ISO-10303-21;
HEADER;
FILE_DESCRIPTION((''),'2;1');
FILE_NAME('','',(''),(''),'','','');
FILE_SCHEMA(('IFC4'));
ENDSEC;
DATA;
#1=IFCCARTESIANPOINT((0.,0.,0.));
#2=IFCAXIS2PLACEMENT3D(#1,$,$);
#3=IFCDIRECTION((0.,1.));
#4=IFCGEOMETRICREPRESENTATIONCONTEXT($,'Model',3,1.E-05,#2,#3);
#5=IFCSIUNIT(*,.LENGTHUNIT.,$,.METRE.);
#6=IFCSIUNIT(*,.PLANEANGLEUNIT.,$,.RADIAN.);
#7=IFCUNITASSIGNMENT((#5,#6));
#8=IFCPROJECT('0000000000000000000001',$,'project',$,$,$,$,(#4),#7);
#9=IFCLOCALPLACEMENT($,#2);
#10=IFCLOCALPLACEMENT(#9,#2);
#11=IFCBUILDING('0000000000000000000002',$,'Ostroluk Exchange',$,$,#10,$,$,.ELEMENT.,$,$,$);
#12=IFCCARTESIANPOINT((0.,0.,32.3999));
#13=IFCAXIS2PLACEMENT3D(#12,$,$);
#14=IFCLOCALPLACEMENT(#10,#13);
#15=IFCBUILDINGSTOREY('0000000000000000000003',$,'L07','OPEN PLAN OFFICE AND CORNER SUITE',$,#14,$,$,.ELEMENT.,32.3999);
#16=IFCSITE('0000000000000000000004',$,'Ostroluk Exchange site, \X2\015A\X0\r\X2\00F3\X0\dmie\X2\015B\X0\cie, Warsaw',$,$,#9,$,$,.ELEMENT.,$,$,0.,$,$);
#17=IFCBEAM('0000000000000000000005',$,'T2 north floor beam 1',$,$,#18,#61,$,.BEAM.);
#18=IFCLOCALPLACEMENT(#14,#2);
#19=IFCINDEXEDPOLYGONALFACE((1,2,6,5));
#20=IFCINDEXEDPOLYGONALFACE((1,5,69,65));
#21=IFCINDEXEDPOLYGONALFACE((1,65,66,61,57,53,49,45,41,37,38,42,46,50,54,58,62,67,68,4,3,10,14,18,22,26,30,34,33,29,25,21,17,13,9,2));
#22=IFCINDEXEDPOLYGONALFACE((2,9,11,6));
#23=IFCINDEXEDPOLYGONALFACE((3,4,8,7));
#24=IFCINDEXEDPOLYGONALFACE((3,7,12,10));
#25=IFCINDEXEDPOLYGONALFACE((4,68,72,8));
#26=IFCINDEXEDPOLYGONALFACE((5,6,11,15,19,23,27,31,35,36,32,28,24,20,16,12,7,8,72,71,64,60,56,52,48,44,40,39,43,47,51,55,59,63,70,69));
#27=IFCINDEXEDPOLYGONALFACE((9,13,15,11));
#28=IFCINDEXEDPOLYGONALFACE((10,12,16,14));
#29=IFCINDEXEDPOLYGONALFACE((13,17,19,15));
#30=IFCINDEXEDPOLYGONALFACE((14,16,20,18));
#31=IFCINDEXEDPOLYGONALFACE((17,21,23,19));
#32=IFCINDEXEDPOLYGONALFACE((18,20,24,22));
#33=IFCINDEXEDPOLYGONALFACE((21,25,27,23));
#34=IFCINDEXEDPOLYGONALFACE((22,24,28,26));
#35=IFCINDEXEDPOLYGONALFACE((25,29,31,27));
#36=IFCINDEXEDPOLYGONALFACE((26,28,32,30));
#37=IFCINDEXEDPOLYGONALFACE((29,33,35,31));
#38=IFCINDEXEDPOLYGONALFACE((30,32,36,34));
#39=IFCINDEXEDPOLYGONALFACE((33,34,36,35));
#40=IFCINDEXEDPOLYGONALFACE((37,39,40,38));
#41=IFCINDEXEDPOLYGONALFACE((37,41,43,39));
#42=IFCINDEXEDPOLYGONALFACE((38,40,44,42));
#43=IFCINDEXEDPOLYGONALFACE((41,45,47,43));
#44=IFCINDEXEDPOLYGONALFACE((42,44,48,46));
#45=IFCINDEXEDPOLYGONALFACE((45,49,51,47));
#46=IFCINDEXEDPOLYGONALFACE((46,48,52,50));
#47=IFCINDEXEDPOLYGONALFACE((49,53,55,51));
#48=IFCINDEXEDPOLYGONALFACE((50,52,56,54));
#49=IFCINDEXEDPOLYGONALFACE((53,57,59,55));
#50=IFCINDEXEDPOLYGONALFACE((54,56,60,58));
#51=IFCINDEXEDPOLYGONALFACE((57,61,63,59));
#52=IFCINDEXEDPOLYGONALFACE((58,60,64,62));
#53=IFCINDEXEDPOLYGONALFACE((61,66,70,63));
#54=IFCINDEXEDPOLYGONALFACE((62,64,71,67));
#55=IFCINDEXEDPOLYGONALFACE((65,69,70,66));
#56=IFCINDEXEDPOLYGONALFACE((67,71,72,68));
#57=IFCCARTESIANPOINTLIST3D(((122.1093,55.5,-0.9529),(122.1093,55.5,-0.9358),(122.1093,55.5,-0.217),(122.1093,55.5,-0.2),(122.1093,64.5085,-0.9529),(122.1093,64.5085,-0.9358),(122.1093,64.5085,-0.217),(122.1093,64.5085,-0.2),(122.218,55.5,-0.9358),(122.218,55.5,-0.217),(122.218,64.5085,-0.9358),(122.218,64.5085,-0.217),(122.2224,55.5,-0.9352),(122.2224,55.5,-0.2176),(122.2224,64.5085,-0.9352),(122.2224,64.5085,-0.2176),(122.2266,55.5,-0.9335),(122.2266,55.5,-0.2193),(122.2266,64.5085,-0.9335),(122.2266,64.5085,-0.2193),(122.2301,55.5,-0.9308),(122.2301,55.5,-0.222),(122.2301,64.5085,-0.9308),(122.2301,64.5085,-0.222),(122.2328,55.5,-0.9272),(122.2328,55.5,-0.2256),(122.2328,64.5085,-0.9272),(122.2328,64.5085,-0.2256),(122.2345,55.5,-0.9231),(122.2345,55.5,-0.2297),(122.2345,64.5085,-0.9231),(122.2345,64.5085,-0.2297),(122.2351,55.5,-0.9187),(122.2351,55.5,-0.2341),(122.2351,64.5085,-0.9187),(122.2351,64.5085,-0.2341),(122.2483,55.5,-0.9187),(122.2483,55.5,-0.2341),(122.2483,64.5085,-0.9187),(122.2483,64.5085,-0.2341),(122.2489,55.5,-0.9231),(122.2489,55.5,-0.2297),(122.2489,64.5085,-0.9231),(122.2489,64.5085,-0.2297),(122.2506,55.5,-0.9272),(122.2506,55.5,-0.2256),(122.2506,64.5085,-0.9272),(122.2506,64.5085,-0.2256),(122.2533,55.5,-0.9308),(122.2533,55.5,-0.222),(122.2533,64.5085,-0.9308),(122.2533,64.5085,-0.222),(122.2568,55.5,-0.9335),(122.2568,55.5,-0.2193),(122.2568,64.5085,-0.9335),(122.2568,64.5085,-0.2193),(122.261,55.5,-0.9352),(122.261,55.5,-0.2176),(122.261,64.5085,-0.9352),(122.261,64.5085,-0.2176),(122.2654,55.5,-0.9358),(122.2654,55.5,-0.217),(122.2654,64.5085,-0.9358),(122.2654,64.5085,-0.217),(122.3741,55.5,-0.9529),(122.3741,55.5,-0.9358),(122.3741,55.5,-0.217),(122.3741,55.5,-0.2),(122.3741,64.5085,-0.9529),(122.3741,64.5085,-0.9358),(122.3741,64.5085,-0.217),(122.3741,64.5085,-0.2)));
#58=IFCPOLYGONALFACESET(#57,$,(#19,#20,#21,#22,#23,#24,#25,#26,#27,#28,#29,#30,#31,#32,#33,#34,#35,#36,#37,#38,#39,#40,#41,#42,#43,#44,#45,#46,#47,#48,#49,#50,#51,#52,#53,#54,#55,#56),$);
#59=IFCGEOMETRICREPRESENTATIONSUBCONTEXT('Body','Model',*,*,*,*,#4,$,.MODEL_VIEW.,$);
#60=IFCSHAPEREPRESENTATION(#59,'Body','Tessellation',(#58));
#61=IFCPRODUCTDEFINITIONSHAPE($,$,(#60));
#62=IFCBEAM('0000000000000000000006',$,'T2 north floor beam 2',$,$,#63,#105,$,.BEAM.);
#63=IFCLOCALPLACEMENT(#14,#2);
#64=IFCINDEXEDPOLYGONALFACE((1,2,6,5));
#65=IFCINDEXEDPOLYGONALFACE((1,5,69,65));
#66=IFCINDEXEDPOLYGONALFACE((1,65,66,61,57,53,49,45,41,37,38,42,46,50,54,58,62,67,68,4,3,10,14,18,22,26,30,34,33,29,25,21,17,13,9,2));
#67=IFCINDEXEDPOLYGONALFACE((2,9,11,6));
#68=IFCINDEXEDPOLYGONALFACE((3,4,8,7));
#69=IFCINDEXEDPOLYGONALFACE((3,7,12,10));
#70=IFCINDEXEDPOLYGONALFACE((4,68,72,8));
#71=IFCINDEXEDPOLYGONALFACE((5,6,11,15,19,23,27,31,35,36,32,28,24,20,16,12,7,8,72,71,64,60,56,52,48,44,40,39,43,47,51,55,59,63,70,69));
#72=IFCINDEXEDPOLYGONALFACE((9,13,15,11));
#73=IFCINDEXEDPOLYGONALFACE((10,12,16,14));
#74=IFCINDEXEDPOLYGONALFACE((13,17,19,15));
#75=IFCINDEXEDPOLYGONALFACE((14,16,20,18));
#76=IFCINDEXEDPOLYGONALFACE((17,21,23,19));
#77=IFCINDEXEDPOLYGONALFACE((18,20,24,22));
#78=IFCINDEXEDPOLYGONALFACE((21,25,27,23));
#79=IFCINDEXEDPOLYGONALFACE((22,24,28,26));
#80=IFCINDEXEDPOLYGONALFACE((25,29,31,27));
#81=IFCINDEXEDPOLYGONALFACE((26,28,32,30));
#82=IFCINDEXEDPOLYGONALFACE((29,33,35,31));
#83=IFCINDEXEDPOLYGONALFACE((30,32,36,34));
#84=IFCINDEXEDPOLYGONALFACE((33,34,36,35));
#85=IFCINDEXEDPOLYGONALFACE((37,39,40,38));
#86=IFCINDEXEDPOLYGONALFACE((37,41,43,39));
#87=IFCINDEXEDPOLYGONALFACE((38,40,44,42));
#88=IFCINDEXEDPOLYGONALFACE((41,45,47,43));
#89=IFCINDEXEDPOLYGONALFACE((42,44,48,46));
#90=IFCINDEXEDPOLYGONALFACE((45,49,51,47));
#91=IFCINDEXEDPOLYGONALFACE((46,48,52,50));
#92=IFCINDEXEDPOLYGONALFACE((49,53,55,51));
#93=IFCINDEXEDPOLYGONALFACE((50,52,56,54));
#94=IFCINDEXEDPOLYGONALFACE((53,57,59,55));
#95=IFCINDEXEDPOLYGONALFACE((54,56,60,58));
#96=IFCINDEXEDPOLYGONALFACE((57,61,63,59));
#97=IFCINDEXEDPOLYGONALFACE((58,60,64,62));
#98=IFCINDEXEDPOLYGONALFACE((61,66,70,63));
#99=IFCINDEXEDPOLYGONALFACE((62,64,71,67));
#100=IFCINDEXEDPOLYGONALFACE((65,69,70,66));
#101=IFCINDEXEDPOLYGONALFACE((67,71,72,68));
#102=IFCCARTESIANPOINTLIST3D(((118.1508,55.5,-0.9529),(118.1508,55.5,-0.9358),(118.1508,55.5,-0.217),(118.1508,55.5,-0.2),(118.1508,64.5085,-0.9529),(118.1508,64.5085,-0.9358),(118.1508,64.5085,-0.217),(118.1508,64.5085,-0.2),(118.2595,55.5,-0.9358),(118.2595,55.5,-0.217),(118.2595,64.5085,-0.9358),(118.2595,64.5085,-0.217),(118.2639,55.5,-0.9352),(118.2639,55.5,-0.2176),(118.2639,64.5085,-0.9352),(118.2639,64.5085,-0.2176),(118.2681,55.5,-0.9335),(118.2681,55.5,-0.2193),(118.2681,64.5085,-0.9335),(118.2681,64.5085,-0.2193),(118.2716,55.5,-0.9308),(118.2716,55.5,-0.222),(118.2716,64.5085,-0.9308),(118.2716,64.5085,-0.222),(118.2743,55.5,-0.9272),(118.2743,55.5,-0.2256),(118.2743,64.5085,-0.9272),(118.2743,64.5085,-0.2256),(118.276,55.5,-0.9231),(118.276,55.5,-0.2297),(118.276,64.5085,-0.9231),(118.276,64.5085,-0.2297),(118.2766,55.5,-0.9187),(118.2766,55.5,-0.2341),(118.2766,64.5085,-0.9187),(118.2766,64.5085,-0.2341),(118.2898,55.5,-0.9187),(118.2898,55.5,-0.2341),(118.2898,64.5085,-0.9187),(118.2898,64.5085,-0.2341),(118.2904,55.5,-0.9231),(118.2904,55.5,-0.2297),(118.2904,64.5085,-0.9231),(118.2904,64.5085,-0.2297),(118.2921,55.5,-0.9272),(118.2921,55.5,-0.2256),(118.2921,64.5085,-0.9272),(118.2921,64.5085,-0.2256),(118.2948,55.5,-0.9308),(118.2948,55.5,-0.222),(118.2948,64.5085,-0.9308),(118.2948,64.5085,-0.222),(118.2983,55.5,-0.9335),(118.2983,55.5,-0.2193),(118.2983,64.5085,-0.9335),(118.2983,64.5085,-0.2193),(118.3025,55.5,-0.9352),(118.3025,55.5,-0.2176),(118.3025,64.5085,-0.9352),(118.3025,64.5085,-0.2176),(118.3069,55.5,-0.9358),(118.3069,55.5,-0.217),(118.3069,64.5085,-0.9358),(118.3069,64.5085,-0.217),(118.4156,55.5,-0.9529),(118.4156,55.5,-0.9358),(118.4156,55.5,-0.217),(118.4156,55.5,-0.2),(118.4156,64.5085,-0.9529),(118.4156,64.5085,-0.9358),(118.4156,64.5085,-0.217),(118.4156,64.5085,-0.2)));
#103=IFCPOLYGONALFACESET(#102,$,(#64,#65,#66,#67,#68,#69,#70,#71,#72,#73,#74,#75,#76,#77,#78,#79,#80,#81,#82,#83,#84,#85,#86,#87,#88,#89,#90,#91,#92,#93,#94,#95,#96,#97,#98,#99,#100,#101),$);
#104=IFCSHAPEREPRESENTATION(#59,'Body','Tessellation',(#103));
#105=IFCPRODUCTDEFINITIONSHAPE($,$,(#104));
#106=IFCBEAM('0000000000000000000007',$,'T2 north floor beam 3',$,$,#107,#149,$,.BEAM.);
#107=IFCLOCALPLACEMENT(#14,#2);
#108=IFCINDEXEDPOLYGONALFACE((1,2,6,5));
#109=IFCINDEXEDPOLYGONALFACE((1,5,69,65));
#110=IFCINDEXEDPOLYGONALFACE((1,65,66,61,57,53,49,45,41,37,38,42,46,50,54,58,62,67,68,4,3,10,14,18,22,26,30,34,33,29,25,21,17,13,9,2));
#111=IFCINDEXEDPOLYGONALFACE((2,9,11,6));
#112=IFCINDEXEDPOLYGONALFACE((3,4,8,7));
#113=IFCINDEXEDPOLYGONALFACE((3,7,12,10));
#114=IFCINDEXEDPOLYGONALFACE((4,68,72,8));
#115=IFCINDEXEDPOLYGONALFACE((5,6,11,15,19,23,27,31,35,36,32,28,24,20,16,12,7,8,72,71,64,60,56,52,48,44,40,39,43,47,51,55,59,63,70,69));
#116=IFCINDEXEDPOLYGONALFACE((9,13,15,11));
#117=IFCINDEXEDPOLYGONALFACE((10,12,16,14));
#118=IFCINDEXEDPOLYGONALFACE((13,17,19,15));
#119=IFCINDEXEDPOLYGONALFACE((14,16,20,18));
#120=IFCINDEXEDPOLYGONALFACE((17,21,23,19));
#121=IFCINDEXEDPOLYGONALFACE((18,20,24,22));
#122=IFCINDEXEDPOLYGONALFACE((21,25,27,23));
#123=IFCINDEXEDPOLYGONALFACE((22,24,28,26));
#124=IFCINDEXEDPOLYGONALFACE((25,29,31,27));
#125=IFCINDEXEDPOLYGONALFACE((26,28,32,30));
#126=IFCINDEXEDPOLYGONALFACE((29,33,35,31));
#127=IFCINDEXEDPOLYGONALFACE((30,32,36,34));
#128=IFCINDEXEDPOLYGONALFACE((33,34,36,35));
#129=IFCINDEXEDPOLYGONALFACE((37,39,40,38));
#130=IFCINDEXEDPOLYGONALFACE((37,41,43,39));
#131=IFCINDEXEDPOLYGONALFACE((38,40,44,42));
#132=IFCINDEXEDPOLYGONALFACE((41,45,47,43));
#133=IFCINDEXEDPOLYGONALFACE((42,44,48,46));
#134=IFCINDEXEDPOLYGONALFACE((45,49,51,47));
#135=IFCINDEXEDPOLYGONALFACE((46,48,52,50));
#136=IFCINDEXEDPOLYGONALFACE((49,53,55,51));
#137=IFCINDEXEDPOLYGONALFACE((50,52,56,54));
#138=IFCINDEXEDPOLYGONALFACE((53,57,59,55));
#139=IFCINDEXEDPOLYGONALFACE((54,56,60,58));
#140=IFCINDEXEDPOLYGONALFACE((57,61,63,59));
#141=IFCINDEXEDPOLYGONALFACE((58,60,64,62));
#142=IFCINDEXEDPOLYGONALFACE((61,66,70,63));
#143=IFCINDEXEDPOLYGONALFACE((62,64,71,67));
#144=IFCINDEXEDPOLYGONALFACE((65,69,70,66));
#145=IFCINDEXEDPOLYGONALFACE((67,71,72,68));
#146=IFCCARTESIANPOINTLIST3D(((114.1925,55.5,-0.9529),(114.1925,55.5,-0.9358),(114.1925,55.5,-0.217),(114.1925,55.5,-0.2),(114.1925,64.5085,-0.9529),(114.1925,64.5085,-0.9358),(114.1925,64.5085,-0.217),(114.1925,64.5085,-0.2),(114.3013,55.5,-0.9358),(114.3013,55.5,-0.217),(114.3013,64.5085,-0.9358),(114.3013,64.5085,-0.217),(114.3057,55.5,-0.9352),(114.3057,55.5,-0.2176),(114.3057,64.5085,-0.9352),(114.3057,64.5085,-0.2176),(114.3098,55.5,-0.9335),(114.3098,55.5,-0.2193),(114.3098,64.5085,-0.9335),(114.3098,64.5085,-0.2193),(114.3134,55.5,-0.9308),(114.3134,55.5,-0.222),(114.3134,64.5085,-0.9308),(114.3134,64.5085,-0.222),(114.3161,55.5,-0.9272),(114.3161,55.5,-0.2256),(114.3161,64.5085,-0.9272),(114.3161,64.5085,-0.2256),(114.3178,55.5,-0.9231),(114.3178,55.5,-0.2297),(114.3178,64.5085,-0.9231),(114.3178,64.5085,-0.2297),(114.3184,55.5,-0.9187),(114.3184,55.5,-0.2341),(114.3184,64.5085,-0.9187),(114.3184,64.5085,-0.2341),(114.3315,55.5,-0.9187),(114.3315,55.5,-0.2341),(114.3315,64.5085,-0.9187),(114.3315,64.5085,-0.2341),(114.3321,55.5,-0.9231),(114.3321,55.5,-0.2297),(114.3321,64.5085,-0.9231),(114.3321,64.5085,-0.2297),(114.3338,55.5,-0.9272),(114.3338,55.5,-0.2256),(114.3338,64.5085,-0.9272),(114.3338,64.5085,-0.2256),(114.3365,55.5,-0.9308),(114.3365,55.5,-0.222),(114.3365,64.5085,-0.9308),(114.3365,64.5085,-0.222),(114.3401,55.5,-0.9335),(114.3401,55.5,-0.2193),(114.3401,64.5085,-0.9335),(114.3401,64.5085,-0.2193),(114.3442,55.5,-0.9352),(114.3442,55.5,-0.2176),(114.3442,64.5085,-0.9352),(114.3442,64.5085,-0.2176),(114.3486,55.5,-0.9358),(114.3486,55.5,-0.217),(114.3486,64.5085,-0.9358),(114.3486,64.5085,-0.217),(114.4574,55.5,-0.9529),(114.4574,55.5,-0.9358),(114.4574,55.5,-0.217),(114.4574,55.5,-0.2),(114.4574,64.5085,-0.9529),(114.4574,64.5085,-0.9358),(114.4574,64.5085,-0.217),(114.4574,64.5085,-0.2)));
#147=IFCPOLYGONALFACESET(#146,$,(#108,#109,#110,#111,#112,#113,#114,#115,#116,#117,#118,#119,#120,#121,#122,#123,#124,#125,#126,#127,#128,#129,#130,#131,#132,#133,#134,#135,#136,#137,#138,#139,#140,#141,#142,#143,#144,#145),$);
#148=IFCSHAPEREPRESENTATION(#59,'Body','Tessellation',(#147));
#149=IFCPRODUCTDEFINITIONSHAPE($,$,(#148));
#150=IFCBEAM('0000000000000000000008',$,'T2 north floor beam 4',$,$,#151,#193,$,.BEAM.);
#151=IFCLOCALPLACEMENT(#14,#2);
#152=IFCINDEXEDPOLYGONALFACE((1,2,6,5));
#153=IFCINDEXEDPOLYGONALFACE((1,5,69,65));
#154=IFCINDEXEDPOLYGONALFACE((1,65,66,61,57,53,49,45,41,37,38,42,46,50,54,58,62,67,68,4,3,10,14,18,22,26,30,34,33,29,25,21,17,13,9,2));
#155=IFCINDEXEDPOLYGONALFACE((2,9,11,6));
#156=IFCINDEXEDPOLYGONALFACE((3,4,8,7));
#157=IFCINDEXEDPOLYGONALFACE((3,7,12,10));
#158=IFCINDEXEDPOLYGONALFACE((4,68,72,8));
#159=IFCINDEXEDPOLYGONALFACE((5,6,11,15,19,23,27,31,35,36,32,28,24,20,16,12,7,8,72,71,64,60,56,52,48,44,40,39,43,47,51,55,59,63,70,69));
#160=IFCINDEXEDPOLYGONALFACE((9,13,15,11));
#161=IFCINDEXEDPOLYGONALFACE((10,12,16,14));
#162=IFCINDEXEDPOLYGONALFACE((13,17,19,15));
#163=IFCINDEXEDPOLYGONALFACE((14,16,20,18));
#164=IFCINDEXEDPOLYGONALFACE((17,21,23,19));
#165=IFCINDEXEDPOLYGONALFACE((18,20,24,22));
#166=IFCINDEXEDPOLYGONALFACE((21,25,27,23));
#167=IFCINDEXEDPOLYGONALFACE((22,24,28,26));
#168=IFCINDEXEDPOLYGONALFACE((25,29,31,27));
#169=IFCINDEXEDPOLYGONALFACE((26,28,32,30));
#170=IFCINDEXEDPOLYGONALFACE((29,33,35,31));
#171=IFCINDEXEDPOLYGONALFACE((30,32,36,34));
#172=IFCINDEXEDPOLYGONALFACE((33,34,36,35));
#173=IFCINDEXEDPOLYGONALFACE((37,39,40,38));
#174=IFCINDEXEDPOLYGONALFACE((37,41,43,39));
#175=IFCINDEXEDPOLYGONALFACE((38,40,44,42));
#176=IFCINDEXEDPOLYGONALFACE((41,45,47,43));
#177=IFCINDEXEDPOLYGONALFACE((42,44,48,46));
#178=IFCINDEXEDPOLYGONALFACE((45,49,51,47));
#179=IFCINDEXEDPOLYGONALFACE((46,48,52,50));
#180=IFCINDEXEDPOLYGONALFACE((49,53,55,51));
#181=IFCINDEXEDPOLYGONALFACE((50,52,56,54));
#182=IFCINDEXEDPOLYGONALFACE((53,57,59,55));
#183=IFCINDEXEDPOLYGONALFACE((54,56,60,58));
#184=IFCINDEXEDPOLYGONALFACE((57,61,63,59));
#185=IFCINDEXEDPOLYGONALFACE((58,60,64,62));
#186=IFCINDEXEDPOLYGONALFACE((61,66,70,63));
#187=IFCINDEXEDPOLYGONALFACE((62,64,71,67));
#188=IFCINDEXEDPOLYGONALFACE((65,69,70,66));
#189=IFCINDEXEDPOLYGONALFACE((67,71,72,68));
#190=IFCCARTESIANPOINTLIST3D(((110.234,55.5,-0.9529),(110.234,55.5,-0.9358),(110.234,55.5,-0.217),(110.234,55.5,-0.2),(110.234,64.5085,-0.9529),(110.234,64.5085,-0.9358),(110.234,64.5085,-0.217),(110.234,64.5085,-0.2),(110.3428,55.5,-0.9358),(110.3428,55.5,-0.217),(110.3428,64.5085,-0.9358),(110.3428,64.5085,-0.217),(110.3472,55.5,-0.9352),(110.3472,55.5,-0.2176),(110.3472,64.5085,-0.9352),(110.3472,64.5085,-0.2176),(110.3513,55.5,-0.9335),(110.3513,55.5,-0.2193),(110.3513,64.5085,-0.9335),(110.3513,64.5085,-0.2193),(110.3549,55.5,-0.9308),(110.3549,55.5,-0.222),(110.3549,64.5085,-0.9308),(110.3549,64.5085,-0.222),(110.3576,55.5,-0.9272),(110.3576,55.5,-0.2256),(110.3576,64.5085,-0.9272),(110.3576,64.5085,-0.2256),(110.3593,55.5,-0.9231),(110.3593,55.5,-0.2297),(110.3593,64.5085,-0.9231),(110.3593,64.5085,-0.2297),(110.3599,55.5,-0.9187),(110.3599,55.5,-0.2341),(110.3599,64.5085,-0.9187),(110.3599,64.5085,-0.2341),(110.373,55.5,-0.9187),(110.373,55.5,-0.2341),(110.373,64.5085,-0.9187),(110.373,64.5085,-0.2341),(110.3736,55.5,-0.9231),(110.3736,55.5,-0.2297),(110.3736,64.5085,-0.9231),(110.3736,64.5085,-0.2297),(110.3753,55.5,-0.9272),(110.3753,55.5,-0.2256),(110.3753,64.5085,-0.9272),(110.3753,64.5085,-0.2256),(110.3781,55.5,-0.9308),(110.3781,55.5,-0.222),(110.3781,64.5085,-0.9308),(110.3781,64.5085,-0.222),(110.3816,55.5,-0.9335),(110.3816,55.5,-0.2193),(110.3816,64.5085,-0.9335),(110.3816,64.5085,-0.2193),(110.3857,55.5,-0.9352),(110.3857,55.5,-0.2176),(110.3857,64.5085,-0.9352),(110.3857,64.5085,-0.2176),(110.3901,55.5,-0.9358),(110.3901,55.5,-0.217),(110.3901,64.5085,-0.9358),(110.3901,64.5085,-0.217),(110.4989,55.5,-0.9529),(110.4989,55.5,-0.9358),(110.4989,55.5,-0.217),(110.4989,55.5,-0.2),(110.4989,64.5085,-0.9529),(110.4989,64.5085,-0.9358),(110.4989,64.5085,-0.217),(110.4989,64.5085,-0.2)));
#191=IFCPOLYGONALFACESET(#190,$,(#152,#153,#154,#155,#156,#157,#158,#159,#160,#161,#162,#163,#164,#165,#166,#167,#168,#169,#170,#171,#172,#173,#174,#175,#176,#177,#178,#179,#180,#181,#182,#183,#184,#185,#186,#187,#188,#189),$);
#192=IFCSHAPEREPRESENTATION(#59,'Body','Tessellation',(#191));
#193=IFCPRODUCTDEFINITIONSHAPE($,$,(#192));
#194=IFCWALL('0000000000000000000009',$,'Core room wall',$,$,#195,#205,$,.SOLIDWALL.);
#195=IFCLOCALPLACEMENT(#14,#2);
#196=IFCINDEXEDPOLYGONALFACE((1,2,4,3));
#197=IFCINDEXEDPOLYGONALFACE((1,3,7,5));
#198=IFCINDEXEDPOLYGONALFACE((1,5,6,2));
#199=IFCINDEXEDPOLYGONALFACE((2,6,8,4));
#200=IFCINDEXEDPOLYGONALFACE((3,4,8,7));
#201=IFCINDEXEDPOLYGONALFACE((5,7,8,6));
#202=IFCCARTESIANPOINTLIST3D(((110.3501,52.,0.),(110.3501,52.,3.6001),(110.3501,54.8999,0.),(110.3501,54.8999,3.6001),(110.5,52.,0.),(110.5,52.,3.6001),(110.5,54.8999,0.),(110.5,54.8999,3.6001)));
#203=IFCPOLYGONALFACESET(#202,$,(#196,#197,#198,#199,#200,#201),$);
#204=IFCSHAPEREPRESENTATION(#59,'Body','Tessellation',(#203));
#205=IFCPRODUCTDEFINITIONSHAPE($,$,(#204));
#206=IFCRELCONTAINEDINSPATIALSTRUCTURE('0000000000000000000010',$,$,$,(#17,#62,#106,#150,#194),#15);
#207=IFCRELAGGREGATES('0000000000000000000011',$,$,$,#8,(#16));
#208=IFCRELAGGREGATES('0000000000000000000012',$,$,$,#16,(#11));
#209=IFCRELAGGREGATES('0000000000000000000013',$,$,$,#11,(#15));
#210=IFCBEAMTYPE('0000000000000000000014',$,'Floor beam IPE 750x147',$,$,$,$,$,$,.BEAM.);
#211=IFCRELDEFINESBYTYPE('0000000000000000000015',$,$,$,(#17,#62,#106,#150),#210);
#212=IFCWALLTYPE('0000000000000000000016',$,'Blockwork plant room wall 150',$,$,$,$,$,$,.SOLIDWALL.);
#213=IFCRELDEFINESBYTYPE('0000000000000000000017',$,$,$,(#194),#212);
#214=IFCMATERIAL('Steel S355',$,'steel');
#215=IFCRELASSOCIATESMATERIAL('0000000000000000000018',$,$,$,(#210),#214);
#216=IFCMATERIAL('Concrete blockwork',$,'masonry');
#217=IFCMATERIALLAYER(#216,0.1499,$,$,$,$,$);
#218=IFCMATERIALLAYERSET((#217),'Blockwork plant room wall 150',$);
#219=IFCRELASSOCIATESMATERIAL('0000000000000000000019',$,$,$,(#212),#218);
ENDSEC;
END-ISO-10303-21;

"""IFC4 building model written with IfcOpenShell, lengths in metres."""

from ifc_helpers import new_model, si_unit, direction, frame, frame_2d, origin, origin_2d, place, context, subcontext, project, spatial, rectangle, i_section, extrude, material, layer, layer_set, material_profile, profile_set, type_object, element, save


model = new_model("IFC4")

# Units and contexts
model_context = context("Model", 3, precision=1e-05, world=origin(), true_north=direction((0.0, 1.0)))
body_context = subcontext(model_context, "Body", "Model", "MODEL_VIEW")
ifc_project = project(units=[si_unit("LENGTHUNIT", "METRE"), si_unit("PLANEANGLEUNIT", "RADIAN")], contexts=[model_context])

# Site, building, storey
site_placement = place(None, origin())
site = spatial("IfcSite", under=ifc_project, at=site_placement, Name="Ostroluk Exchange site, Śródmieście, Warsaw", CompositionType="ELEMENT", RefElevation=0.0)
building_placement = place(site_placement, origin())
building = spatial("IfcBuilding", under=site, at=building_placement, Name="Ostroluk Exchange", CompositionType="ELEMENT")
storey_placement = place(building_placement, frame((0.0, 0.0, 32.3999)))
storey = spatial("IfcBuildingStorey", under=building, at=storey_placement, Name="L07", Description="OPEN PLAN OFFICE AND CORNER SUITE", CompositionType="ELEMENT", Elevation=32.3999)

# Beams
ifc_material_1 = material(Name="Steel S355", Category="steel")
ifc_material_profile = material_profile(ifc_material_1, i_section(OverallWidth=0.2649, OverallDepth=0.7529, WebThickness=0.0132, FlangeThickness=0.0171, FilletRadius=0.0171, at=origin_2d()), Name="IPE 750x147")
ifc_profile_set = profile_set([ifc_material_profile], Name="Steel S355")
beam_type = type_object("IfcBeamType", Name="Floor beam IPE 750x147", PredefinedType="BEAM", material=ifc_profile_set)
for number, where, z_axis, x_axis, name in (
    (1, (122.2417, 55.5, -0.5764), (0.0, 1.0, 0.0), (-1.0, 0.0, 0.0), "T2 north floor beam 1"),
    (2, (118.2832, 55.5, -0.5764), (0.0, 1.0, 0.0), (-1.0, 0.0, 0.0), "T2 north floor beam 2"),
    (3, (114.325, 55.5, -0.5764), (0.0, 1.0, 0.0), (-1.0, 0.0, 0.0), "T2 north floor beam 3"),
    (4, (110.3665, 55.5, -0.5764), (0.0, 1.0, 0.0), (-1.0, 0.0, 0.0), "T2 north floor beam 4"),
):
    element("IfcBeam", number, at=place(storey_placement, frame(where, z_axis=z_axis, x_axis=x_axis)), inside=storey, type_object=beam_type, Name=name, PredefinedType="BEAM", context=body_context, shape_type="SweptSolid", body=[
        extrude(i_section(OverallWidth=0.2649, OverallDepth=0.7529, WebThickness=0.0132, FlangeThickness=0.0171, FilletRadius=0.0171, at=origin_2d()), origin(), (0.0, 0.0, 1.0), 9.0085),
    ])

# Wall
ifc_material_2 = material(Name="Concrete blockwork", Category="masonry")
ifc_layer_1 = layer(ifc_material_2, 0.1499)
ifc_layer_set_1 = layer_set([ifc_layer_1], Name="Blockwork plant room wall 150")
wall_type_1 = type_object("IfcWallType", Name="Blockwork plant room wall 150", PredefinedType="SOLIDWALL", material=ifc_layer_set_1)
wall_1_placement = place(storey_placement, frame((110.425, 52.0, 0.0), z_axis=(0.0, 0.0, 1.0), x_axis=(0.0, 1.0, 0.0)))
element("IfcWall", 5, at=wall_1_placement, inside=storey, type_object=wall_type_1, Name="Core room wall", PredefinedType="SOLIDWALL", context=body_context, shape_type="SweptSolid", body=[
    extrude(rectangle(XDim=2.8999, YDim=0.1499, at=frame_2d((1.45, 0.0))), origin(), (0.0, 0.0, 1.0), 3.6001),
])

save(model, "model.ifc")
